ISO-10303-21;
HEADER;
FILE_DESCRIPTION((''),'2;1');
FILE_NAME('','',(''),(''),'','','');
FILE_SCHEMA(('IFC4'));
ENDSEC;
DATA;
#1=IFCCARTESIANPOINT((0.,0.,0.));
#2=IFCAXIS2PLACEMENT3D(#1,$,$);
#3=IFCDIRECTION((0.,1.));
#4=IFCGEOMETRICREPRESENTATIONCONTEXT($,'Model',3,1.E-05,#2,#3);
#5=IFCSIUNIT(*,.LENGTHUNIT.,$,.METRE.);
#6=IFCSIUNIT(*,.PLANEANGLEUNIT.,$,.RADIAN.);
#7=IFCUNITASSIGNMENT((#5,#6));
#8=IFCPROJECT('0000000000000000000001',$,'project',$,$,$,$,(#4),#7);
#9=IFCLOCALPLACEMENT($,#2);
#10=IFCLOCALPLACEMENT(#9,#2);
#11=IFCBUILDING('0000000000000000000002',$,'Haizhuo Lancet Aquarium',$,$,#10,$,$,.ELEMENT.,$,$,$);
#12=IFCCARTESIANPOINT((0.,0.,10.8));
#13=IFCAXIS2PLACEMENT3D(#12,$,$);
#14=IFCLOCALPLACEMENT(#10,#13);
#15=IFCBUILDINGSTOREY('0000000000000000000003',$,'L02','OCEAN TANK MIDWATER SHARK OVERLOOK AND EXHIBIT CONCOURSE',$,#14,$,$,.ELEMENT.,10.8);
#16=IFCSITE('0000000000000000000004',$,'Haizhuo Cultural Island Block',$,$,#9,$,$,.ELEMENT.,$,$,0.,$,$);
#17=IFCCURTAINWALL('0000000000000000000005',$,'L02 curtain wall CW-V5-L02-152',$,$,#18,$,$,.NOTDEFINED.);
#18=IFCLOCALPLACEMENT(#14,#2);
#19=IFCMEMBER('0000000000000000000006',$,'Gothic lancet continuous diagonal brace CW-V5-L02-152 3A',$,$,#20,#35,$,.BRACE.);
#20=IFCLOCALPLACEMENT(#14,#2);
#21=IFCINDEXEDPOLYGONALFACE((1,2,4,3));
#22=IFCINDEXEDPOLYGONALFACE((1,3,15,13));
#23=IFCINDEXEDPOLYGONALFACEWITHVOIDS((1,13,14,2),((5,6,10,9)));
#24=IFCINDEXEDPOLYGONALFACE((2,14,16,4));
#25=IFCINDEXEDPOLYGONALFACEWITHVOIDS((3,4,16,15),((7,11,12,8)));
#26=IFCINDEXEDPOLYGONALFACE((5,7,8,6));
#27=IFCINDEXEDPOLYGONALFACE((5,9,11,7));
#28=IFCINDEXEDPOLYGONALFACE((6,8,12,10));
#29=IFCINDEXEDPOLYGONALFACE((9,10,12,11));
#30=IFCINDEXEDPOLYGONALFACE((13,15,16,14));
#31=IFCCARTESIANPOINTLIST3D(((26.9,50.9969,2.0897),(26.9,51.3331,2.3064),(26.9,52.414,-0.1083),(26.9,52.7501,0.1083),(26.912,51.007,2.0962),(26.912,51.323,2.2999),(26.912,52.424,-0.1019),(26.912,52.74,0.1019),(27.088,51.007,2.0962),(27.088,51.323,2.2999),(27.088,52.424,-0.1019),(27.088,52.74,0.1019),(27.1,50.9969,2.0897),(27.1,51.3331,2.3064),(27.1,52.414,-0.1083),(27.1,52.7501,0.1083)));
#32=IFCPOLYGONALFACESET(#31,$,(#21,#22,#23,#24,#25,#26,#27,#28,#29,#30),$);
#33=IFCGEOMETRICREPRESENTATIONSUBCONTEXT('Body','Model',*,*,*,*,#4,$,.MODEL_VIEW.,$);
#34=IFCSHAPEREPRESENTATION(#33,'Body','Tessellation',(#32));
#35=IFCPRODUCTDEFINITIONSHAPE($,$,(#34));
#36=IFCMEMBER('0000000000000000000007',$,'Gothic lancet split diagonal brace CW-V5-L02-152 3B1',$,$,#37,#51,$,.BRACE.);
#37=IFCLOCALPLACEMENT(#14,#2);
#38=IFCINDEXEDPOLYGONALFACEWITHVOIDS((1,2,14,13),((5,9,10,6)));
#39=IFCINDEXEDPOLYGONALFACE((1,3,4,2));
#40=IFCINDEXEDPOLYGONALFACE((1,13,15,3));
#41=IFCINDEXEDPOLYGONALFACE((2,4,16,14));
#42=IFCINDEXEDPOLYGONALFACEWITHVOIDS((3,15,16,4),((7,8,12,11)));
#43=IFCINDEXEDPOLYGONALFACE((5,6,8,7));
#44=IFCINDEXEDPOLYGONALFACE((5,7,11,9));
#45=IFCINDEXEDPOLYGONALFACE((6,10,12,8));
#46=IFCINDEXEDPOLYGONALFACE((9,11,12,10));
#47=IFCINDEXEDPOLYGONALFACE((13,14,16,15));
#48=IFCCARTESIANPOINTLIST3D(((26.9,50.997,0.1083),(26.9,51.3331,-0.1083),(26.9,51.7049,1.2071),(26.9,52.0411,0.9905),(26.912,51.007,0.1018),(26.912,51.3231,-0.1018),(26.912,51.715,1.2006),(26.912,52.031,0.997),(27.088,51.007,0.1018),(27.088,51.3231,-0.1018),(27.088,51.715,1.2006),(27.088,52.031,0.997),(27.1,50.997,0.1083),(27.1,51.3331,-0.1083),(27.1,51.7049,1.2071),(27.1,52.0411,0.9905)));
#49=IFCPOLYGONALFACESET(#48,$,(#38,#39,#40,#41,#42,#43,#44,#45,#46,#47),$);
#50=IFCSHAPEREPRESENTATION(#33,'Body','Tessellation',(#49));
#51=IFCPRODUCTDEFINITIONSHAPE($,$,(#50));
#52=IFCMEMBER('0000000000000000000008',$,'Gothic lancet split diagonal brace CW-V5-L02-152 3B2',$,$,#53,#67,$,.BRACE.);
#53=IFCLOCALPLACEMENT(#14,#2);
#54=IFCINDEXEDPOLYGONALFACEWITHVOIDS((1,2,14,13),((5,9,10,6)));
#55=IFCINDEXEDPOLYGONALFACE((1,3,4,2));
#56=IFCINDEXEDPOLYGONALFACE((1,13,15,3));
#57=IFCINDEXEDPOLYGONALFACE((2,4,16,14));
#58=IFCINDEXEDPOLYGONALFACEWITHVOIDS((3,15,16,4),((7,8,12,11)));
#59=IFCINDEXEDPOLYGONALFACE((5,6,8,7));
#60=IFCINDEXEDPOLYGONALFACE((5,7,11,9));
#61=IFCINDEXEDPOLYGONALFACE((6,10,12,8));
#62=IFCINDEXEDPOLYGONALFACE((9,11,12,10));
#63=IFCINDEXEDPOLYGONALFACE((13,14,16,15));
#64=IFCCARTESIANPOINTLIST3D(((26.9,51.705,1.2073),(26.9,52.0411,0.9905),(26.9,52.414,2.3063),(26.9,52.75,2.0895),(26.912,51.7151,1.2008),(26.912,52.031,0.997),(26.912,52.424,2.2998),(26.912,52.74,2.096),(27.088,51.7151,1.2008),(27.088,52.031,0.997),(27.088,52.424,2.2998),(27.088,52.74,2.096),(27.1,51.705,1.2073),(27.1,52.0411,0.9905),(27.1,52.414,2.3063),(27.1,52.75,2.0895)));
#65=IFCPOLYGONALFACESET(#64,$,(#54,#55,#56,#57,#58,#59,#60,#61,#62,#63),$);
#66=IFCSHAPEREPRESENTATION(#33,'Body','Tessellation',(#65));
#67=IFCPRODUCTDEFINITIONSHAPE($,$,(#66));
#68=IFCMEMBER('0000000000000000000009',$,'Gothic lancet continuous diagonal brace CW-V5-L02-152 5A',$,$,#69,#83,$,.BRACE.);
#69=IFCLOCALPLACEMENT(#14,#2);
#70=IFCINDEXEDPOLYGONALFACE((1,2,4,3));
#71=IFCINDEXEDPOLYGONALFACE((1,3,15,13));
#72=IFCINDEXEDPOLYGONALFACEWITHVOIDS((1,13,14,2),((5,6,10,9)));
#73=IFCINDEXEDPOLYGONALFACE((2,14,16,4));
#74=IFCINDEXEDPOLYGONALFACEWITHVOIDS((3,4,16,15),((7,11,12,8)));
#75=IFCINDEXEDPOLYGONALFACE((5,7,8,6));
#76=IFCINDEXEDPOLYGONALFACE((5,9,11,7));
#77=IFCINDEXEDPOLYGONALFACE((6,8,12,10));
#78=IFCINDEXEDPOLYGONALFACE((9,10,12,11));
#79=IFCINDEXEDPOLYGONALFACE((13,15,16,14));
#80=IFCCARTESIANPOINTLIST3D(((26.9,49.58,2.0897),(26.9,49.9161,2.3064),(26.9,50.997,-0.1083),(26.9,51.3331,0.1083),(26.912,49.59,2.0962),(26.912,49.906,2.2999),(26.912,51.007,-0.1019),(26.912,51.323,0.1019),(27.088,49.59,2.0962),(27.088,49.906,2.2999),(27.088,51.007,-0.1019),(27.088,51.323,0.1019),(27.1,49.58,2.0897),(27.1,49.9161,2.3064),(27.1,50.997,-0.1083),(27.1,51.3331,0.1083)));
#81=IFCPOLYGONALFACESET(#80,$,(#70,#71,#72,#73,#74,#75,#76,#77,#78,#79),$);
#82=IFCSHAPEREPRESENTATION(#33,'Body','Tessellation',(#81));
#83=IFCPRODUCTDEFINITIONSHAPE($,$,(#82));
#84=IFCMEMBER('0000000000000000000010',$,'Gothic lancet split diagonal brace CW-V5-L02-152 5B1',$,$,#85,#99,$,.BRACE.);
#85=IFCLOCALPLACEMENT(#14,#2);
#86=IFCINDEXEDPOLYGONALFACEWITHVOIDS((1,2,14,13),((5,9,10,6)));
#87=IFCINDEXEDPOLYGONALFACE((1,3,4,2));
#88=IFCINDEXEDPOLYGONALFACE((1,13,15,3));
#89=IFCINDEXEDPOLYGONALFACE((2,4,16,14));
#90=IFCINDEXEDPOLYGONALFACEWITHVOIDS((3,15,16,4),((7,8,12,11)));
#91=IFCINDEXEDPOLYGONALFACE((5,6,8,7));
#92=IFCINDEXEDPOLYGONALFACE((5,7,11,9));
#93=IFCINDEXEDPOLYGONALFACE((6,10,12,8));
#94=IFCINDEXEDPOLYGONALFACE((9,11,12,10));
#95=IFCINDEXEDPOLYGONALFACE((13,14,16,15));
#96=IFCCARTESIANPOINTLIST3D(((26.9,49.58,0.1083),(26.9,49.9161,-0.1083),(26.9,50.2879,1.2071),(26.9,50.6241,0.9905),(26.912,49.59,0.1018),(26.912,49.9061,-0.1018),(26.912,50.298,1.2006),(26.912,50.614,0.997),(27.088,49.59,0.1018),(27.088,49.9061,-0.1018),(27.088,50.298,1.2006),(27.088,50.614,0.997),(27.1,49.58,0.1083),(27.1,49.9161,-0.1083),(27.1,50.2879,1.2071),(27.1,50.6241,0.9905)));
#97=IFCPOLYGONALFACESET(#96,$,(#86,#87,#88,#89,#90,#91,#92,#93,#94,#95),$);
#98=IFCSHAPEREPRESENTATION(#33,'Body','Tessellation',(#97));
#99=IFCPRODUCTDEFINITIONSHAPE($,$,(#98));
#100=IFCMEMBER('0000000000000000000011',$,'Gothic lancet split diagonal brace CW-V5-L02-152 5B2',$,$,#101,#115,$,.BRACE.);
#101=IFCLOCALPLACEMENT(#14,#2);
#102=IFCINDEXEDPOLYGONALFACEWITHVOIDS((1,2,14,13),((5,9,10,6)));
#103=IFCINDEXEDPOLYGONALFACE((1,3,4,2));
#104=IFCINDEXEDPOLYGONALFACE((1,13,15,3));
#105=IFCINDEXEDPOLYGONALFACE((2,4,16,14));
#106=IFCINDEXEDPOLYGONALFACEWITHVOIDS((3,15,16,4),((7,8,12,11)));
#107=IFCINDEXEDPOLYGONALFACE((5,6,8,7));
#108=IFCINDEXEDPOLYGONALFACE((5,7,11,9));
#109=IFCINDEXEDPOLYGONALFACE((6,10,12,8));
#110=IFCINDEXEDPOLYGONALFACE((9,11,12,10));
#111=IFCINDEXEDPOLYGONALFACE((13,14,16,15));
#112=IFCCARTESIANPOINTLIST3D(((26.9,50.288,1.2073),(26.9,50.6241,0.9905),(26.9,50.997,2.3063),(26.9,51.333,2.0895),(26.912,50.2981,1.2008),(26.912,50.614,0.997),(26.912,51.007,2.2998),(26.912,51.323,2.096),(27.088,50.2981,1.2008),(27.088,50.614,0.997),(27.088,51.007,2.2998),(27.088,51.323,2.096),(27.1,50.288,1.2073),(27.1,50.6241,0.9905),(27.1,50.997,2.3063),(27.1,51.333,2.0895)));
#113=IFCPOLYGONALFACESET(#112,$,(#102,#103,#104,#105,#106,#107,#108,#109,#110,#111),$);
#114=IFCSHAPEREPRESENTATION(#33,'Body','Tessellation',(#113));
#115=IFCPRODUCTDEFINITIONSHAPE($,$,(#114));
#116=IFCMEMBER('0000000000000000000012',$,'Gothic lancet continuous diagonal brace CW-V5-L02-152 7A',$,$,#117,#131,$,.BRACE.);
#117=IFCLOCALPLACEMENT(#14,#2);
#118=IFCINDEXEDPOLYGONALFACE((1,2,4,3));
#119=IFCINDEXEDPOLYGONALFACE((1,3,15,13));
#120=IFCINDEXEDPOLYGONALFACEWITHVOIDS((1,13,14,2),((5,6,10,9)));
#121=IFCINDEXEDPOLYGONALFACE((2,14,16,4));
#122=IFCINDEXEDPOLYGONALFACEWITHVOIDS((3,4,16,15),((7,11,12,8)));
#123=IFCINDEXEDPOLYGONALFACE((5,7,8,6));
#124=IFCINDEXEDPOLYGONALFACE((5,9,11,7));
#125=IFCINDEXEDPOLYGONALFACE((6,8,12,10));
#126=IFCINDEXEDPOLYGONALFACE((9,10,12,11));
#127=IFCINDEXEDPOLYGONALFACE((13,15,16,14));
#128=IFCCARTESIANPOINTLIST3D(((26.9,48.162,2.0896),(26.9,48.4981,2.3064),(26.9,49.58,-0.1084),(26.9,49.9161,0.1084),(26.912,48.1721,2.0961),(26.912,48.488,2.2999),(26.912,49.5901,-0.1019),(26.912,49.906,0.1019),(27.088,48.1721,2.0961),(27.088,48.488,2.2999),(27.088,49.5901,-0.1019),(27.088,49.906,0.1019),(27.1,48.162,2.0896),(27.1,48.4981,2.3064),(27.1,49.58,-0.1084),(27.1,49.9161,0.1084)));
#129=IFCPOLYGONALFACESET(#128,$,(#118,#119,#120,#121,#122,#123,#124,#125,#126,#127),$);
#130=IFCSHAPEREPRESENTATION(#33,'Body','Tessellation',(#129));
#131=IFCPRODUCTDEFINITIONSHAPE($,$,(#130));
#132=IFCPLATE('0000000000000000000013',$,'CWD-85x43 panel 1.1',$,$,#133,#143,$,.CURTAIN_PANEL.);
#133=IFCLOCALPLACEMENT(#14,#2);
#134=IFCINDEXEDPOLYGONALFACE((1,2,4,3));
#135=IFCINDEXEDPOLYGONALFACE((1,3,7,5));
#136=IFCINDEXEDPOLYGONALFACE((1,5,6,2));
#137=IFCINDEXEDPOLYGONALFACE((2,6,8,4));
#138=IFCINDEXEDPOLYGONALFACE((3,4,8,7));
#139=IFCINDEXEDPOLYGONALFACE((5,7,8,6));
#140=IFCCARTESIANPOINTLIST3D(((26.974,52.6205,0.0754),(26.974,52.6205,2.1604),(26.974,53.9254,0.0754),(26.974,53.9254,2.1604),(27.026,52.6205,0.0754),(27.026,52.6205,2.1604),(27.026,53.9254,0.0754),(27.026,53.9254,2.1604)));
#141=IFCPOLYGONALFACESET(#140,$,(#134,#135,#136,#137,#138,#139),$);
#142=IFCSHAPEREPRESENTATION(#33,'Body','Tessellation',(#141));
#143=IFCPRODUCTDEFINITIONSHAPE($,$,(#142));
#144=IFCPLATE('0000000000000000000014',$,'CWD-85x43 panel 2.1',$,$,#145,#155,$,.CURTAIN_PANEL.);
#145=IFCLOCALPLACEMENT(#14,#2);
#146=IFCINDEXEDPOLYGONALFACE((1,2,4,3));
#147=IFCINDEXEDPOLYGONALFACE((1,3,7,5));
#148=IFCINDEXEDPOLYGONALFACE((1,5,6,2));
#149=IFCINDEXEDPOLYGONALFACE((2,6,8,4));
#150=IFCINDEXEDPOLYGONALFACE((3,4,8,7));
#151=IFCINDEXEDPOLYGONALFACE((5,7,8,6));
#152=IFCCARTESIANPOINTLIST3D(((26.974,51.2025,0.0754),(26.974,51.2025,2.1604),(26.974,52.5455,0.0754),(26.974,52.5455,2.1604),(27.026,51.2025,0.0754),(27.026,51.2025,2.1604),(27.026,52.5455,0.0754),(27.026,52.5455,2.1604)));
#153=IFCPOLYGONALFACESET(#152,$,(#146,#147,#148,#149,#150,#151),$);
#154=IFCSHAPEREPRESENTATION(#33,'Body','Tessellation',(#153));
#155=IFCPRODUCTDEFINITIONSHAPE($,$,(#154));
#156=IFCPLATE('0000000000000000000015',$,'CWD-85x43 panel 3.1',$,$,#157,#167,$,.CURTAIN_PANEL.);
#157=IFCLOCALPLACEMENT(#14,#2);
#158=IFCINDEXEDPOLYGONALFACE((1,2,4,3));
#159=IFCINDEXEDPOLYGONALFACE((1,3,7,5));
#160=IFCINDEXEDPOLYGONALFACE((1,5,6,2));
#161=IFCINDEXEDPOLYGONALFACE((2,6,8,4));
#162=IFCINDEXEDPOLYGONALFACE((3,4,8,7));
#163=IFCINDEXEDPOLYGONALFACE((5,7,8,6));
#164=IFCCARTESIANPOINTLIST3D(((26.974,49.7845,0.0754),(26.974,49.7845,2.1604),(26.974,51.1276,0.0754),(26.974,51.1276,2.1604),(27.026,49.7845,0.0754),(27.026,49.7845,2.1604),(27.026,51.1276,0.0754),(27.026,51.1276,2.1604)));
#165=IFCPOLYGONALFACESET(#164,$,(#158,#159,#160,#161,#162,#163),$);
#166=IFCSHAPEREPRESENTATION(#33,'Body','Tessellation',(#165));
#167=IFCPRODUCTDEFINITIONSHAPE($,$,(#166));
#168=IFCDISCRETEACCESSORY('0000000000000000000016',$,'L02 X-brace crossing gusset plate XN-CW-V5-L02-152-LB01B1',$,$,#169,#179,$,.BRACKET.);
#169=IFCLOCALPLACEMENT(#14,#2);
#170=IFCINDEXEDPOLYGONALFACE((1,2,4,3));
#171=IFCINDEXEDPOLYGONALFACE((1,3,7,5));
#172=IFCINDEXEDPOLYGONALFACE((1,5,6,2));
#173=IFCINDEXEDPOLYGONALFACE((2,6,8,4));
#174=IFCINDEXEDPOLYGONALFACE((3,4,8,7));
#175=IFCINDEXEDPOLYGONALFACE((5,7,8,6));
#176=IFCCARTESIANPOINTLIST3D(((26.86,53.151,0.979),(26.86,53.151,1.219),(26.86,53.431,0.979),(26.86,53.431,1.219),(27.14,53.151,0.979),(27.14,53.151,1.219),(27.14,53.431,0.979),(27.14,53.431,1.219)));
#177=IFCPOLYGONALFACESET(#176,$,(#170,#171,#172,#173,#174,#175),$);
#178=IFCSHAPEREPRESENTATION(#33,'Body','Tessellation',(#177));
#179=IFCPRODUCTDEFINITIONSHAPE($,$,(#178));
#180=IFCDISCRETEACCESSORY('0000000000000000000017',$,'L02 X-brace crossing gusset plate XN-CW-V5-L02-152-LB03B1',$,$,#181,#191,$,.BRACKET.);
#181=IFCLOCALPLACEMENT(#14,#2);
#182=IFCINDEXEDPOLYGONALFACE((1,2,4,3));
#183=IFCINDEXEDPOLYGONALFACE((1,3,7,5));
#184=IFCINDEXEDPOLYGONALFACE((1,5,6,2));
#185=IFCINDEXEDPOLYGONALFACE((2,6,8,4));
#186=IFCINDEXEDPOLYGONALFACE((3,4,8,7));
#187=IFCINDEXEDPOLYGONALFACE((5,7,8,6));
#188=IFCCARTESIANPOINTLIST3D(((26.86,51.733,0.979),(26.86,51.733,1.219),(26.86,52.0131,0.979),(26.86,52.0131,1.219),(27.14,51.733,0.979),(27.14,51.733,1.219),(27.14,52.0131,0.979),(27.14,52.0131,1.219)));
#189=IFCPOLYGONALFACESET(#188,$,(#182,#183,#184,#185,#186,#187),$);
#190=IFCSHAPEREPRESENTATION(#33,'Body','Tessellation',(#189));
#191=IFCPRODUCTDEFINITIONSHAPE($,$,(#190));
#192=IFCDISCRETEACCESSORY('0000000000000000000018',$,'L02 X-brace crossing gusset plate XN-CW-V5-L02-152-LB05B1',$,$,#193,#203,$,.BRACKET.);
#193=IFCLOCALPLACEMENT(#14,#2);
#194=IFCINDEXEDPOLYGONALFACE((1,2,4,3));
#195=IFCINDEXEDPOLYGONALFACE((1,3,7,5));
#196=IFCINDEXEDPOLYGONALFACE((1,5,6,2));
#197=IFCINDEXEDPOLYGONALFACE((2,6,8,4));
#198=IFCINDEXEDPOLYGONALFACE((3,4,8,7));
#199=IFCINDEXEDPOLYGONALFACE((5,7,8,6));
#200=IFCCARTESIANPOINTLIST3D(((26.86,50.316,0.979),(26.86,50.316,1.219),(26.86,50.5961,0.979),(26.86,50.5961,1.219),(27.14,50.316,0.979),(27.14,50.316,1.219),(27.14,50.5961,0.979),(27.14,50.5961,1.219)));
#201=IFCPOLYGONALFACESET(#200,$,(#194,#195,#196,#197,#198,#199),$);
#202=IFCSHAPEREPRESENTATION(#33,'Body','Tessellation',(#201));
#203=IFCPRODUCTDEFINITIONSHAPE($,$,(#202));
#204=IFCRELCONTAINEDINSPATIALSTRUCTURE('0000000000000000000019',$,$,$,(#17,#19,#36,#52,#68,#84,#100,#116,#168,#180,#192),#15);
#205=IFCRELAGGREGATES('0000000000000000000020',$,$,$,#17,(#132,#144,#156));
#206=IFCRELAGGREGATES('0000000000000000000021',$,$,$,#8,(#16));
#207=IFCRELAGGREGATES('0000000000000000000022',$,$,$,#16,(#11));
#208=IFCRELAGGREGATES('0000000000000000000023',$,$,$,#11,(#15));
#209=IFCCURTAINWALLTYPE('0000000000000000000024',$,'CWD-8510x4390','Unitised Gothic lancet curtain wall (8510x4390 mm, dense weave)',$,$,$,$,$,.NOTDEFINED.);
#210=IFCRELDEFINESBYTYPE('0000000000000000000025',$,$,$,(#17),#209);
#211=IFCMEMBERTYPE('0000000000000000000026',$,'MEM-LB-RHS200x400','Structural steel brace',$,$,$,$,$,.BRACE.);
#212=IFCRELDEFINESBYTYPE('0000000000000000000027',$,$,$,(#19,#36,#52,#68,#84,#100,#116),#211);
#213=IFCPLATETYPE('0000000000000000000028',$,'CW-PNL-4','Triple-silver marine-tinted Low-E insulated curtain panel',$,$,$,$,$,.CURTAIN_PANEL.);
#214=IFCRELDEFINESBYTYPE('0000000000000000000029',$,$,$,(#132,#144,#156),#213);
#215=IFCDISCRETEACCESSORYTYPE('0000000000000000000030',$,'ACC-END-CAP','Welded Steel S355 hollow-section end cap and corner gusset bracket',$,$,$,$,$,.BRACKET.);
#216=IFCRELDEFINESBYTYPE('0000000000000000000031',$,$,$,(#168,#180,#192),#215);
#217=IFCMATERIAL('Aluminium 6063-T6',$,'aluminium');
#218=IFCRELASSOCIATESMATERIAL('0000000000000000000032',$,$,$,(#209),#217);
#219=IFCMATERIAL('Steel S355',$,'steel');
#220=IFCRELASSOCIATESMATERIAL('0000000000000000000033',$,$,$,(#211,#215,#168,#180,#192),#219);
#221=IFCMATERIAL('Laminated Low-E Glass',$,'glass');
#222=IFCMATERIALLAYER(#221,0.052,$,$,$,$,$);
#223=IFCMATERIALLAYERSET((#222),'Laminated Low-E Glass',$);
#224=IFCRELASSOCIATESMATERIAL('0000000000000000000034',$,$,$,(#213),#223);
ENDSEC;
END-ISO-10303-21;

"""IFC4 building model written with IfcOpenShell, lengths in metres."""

from ifc_helpers import new_model, si_unit, direction, frame, origin, origin_2d, place, context, subcontext, project, spatial, rectangle, hollow_rectangle, extrude, material, layer, layer_set, material_profile, profile_set, type_object, element, aggregate, save


model = new_model("IFC4")

# Units and contexts
model_context = context("Model", 3, precision=1e-05, world=origin(), true_north=direction((0.0, 1.0)))
body_context = subcontext(model_context, "Body", "Model", "MODEL_VIEW")
ifc_project = project(units=[si_unit("LENGTHUNIT", "METRE"), si_unit("PLANEANGLEUNIT", "RADIAN")], contexts=[model_context])

# Site, building, storey
site_placement = place(None, origin())
site = spatial("IfcSite", under=ifc_project, at=site_placement, Name="Haizhuo Cultural Island Block", CompositionType="ELEMENT", RefElevation=0.0)
building_placement = place(site_placement, origin())
building = spatial("IfcBuilding", under=site, at=building_placement, Name="Haizhuo Lancet Aquarium", CompositionType="ELEMENT")
storey_placement = place(building_placement, frame((0.0, 0.0, 10.8)))
storey = spatial("IfcBuildingStorey", under=building, at=storey_placement, Name="L02", Description="OCEAN TANK MIDWATER SHARK OVERLOOK AND EXHIBIT CONCOURSE", CompositionType="ELEMENT", Elevation=10.8)

# Curtain wall
ifc_material_1 = material(Name="Aluminium 6063-T6", Category="aluminium")
curtain_wall_type = type_object("IfcCurtainWallType", Name="CWD-8510x4390", Description="Unitised Gothic lancet curtain wall (8510x4390 mm, dense weave)", PredefinedType="NOTDEFINED", material=ifc_material_1)
curtain_wall_placement = place(storey_placement, origin())
curtain_wall = element("IfcCurtainWall", 1, at=curtain_wall_placement, inside=storey, type_object=curtain_wall_type, Name="L02 curtain wall CW-V5-L02-152", PredefinedType="NOTDEFINED")

# Members
ifc_material_2 = material(Name="Steel S355", Category="steel")
ifc_material_profile_1 = material_profile(ifc_material_2, hollow_rectangle(XDim=0.2, YDim=0.3999, WallThickness=0.012, at=origin_2d()), Name="RHS 200x400x12")
ifc_profile_set_1 = profile_set([ifc_material_profile_1], Name="Steel S355")
member_type_1 = type_object("IfcMemberType", Name="MEM-LB-RHS200x400", Description="Structural steel brace", PredefinedType="BRACE", material=ifc_profile_set_1)
member_1_placement = place(storey_placement, frame((27.0, 52.582, 0.0), z_axis=(0.0, -0.541838, 0.840483), x_axis=(1.0, 0.0, 0.0)))
element("IfcMember", 2, at=member_1_placement, inside=storey, type_object=member_type_1, Name="Gothic lancet continuous diagonal brace CW-V5-L02-152 3A", PredefinedType="BRACE", context=body_context, shape_type="SweptSolid", body=[
    extrude(hollow_rectangle(XDim=0.2, YDim=0.3999, WallThickness=0.012, at=origin_2d()), origin(), (0.0, 0.0, 1.0), 2.6152),
])
member_2_placement = place(storey_placement, frame((27.0, 51.165, 0.0), z_axis=(0.0, 0.541616, 0.840626), x_axis=(-1.0, 0.0, 0.0)))
element("IfcMember", 3, at=member_2_placement, inside=storey, type_object=member_type_1, Name="Gothic lancet split diagonal brace CW-V5-L02-152 3B1", PredefinedType="BRACE", context=body_context, shape_type="SweptSolid", body=[
    extrude(hollow_rectangle(XDim=0.2, YDim=0.3999, WallThickness=0.012, at=origin_2d()), origin(), (0.0, 0.0, 1.0), 1.3071),
])
member_3_placement = place(storey_placement, frame((27.0, 51.873, 1.0989), z_axis=(0.0, 0.542059, 0.840341), x_axis=(-1.0, 0.0, 0.0)))
element("IfcMember", 4, at=member_3_placement, inside=storey, type_object=member_type_1, Name="Gothic lancet split diagonal brace CW-V5-L02-152 3B2", PredefinedType="BRACE", context=body_context, shape_type="SweptSolid", body=[
    extrude(hollow_rectangle(XDim=0.2, YDim=0.3999, WallThickness=0.012, at=origin_2d()), origin(), (0.0, 0.0, 1.0), 1.3079),
])
member_4_placement = place(storey_placement, frame((27.0, 51.165, 0.0), z_axis=(0.0, -0.541838, 0.840483), x_axis=(1.0, 0.0, 0.0)))
element("IfcMember", 5, at=member_4_placement, inside=storey, type_object=member_type_1, Name="Gothic lancet continuous diagonal brace CW-V5-L02-152 5A", PredefinedType="BRACE", context=body_context, shape_type="SweptSolid", body=[
    extrude(hollow_rectangle(XDim=0.2, YDim=0.3999, WallThickness=0.012, at=origin_2d()), origin(), (0.0, 0.0, 1.0), 2.6152),
])
member_5_placement = place(storey_placement, frame((27.0, 49.748, 0.0), z_axis=(0.0, 0.541616, 0.840626), x_axis=(-1.0, 0.0, 0.0)))
element("IfcMember", 6, at=member_5_placement, inside=storey, type_object=member_type_1, Name="Gothic lancet split diagonal brace CW-V5-L02-152 5B1", PredefinedType="BRACE", context=body_context, shape_type="SweptSolid", body=[
    extrude(hollow_rectangle(XDim=0.2, YDim=0.3999, WallThickness=0.012, at=origin_2d()), origin(), (0.0, 0.0, 1.0), 1.3071),
])
member_6_placement = place(storey_placement, frame((27.0, 50.4561, 1.0989), z_axis=(0.0, 0.542059, 0.840341), x_axis=(-1.0, 0.0, 0.0)))
element("IfcMember", 7, at=member_6_placement, inside=storey, type_object=member_type_1, Name="Gothic lancet split diagonal brace CW-V5-L02-152 5B2", PredefinedType="BRACE", context=body_context, shape_type="SweptSolid", body=[
    extrude(hollow_rectangle(XDim=0.2, YDim=0.3999, WallThickness=0.012, at=origin_2d()), origin(), (0.0, 0.0, 1.0), 1.3079),
])
member_7_placement = place(storey_placement, frame((27.0, 49.748, 0.0), z_axis=(0.0, -0.542101, 0.840313), x_axis=(1.0, 0.0, 0.0)))
element("IfcMember", 8, at=member_7_placement, inside=storey, type_object=member_type_1, Name="Gothic lancet continuous diagonal brace CW-V5-L02-152 7A", PredefinedType="BRACE", context=body_context, shape_type="SweptSolid", body=[
    extrude(hollow_rectangle(XDim=0.2, YDim=0.3999, WallThickness=0.012, at=origin_2d()), origin(), (0.0, 0.0, 1.0), 2.6157),
])

# Plates
ifc_material_3 = material(Name="Laminated Low-E Glass", Category="glass")
ifc_layer = layer(ifc_material_3, 0.052)
ifc_layer_set = layer_set([ifc_layer], Name="Laminated Low-E Glass")
plate_type = type_object("IfcPlateType", Name="CW-PNL-4", Description="Triple-silver marine-tinted Low-E insulated curtain panel", PredefinedType="CURTAIN_PANEL", material=ifc_layer_set)
plate_1_placement = place(storey_placement, frame((27.0, 53.2729, 0.0754), z_axis=(0.0, 0.0, 1.0), x_axis=(0.0, -1.0, 0.0)))
plate_1 = element("IfcPlate", 9, at=plate_1_placement, type_object=plate_type, Name="CWD-85x43 panel 1.1", PredefinedType="CURTAIN_PANEL", context=body_context, shape_type="SweptSolid", body=[
    extrude(rectangle(XDim=1.3049, YDim=0.052, at=origin_2d()), origin(), (0.0, 0.0, 1.0), 2.085),
])
plate_2_placement = place(storey_placement, frame((27.0, 51.874, 0.0754), z_axis=(0.0, 0.0, 1.0), x_axis=(0.0, -1.0, 0.0)))
plate_2 = element("IfcPlate", 10, at=plate_2_placement, type_object=plate_type, Name="CWD-85x43 panel 2.1", PredefinedType="CURTAIN_PANEL", context=body_context, shape_type="SweptSolid", body=[
    extrude(rectangle(XDim=1.343, YDim=0.052, at=origin_2d()), origin(), (0.0, 0.0, 1.0), 2.085),
])
plate_3_placement = place(storey_placement, frame((27.0, 50.4561, 0.0754), z_axis=(0.0, 0.0, 1.0), x_axis=(0.0, -1.0, 0.0)))
plate_3 = element("IfcPlate", 11, at=plate_3_placement, type_object=plate_type, Name="CWD-85x43 panel 3.1", PredefinedType="CURTAIN_PANEL", context=body_context, shape_type="SweptSolid", body=[
    extrude(rectangle(XDim=1.343, YDim=0.052, at=origin_2d()), origin(), (0.0, 0.0, 1.0), 2.085),
])
aggregate(curtain_wall, [plate_1, plate_2, plate_3])

# Discrete accessories
discrete_accessory_type = type_object("IfcDiscreteAccessoryType", Name="ACC-END-CAP", Description="Welded Steel S355 hollow-section end cap and corner gusset bracket", PredefinedType="BRACKET", material=ifc_material_2)
for number, where, z_axis, x_axis, name in (
    (12, (27.0, 53.291, 0.979), (0.0, 0.0, 1.0), (1.0, 0.0, 0.0), "L02 X-brace crossing gusset plate XN-CW-V5-L02-152-LB01B1"),
    (13, (27.0, 51.873, 0.979), (0.0, 0.0, 1.0), (1.0, 0.0, 0.0), "L02 X-brace crossing gusset plate XN-CW-V5-L02-152-LB03B1"),
    (14, (27.0, 50.4561, 0.979), (0.0, 0.0, 1.0), (1.0, 0.0, 0.0), "L02 X-brace crossing gusset plate XN-CW-V5-L02-152-LB05B1"),
):
    element("IfcDiscreteAccessory", number, at=place(storey_placement, frame(where, z_axis=z_axis, x_axis=x_axis)), inside=storey, type_object=discrete_accessory_type, material=ifc_material_2, Name=name, PredefinedType="BRACKET", context=body_context, shape_type="SweptSolid", body=[
        extrude(rectangle(XDim=0.28, YDim=0.28, at=origin_2d()), origin(), (0.0, 0.0, 1.0), 0.24),
    ])

save(model, "model.ifc")
